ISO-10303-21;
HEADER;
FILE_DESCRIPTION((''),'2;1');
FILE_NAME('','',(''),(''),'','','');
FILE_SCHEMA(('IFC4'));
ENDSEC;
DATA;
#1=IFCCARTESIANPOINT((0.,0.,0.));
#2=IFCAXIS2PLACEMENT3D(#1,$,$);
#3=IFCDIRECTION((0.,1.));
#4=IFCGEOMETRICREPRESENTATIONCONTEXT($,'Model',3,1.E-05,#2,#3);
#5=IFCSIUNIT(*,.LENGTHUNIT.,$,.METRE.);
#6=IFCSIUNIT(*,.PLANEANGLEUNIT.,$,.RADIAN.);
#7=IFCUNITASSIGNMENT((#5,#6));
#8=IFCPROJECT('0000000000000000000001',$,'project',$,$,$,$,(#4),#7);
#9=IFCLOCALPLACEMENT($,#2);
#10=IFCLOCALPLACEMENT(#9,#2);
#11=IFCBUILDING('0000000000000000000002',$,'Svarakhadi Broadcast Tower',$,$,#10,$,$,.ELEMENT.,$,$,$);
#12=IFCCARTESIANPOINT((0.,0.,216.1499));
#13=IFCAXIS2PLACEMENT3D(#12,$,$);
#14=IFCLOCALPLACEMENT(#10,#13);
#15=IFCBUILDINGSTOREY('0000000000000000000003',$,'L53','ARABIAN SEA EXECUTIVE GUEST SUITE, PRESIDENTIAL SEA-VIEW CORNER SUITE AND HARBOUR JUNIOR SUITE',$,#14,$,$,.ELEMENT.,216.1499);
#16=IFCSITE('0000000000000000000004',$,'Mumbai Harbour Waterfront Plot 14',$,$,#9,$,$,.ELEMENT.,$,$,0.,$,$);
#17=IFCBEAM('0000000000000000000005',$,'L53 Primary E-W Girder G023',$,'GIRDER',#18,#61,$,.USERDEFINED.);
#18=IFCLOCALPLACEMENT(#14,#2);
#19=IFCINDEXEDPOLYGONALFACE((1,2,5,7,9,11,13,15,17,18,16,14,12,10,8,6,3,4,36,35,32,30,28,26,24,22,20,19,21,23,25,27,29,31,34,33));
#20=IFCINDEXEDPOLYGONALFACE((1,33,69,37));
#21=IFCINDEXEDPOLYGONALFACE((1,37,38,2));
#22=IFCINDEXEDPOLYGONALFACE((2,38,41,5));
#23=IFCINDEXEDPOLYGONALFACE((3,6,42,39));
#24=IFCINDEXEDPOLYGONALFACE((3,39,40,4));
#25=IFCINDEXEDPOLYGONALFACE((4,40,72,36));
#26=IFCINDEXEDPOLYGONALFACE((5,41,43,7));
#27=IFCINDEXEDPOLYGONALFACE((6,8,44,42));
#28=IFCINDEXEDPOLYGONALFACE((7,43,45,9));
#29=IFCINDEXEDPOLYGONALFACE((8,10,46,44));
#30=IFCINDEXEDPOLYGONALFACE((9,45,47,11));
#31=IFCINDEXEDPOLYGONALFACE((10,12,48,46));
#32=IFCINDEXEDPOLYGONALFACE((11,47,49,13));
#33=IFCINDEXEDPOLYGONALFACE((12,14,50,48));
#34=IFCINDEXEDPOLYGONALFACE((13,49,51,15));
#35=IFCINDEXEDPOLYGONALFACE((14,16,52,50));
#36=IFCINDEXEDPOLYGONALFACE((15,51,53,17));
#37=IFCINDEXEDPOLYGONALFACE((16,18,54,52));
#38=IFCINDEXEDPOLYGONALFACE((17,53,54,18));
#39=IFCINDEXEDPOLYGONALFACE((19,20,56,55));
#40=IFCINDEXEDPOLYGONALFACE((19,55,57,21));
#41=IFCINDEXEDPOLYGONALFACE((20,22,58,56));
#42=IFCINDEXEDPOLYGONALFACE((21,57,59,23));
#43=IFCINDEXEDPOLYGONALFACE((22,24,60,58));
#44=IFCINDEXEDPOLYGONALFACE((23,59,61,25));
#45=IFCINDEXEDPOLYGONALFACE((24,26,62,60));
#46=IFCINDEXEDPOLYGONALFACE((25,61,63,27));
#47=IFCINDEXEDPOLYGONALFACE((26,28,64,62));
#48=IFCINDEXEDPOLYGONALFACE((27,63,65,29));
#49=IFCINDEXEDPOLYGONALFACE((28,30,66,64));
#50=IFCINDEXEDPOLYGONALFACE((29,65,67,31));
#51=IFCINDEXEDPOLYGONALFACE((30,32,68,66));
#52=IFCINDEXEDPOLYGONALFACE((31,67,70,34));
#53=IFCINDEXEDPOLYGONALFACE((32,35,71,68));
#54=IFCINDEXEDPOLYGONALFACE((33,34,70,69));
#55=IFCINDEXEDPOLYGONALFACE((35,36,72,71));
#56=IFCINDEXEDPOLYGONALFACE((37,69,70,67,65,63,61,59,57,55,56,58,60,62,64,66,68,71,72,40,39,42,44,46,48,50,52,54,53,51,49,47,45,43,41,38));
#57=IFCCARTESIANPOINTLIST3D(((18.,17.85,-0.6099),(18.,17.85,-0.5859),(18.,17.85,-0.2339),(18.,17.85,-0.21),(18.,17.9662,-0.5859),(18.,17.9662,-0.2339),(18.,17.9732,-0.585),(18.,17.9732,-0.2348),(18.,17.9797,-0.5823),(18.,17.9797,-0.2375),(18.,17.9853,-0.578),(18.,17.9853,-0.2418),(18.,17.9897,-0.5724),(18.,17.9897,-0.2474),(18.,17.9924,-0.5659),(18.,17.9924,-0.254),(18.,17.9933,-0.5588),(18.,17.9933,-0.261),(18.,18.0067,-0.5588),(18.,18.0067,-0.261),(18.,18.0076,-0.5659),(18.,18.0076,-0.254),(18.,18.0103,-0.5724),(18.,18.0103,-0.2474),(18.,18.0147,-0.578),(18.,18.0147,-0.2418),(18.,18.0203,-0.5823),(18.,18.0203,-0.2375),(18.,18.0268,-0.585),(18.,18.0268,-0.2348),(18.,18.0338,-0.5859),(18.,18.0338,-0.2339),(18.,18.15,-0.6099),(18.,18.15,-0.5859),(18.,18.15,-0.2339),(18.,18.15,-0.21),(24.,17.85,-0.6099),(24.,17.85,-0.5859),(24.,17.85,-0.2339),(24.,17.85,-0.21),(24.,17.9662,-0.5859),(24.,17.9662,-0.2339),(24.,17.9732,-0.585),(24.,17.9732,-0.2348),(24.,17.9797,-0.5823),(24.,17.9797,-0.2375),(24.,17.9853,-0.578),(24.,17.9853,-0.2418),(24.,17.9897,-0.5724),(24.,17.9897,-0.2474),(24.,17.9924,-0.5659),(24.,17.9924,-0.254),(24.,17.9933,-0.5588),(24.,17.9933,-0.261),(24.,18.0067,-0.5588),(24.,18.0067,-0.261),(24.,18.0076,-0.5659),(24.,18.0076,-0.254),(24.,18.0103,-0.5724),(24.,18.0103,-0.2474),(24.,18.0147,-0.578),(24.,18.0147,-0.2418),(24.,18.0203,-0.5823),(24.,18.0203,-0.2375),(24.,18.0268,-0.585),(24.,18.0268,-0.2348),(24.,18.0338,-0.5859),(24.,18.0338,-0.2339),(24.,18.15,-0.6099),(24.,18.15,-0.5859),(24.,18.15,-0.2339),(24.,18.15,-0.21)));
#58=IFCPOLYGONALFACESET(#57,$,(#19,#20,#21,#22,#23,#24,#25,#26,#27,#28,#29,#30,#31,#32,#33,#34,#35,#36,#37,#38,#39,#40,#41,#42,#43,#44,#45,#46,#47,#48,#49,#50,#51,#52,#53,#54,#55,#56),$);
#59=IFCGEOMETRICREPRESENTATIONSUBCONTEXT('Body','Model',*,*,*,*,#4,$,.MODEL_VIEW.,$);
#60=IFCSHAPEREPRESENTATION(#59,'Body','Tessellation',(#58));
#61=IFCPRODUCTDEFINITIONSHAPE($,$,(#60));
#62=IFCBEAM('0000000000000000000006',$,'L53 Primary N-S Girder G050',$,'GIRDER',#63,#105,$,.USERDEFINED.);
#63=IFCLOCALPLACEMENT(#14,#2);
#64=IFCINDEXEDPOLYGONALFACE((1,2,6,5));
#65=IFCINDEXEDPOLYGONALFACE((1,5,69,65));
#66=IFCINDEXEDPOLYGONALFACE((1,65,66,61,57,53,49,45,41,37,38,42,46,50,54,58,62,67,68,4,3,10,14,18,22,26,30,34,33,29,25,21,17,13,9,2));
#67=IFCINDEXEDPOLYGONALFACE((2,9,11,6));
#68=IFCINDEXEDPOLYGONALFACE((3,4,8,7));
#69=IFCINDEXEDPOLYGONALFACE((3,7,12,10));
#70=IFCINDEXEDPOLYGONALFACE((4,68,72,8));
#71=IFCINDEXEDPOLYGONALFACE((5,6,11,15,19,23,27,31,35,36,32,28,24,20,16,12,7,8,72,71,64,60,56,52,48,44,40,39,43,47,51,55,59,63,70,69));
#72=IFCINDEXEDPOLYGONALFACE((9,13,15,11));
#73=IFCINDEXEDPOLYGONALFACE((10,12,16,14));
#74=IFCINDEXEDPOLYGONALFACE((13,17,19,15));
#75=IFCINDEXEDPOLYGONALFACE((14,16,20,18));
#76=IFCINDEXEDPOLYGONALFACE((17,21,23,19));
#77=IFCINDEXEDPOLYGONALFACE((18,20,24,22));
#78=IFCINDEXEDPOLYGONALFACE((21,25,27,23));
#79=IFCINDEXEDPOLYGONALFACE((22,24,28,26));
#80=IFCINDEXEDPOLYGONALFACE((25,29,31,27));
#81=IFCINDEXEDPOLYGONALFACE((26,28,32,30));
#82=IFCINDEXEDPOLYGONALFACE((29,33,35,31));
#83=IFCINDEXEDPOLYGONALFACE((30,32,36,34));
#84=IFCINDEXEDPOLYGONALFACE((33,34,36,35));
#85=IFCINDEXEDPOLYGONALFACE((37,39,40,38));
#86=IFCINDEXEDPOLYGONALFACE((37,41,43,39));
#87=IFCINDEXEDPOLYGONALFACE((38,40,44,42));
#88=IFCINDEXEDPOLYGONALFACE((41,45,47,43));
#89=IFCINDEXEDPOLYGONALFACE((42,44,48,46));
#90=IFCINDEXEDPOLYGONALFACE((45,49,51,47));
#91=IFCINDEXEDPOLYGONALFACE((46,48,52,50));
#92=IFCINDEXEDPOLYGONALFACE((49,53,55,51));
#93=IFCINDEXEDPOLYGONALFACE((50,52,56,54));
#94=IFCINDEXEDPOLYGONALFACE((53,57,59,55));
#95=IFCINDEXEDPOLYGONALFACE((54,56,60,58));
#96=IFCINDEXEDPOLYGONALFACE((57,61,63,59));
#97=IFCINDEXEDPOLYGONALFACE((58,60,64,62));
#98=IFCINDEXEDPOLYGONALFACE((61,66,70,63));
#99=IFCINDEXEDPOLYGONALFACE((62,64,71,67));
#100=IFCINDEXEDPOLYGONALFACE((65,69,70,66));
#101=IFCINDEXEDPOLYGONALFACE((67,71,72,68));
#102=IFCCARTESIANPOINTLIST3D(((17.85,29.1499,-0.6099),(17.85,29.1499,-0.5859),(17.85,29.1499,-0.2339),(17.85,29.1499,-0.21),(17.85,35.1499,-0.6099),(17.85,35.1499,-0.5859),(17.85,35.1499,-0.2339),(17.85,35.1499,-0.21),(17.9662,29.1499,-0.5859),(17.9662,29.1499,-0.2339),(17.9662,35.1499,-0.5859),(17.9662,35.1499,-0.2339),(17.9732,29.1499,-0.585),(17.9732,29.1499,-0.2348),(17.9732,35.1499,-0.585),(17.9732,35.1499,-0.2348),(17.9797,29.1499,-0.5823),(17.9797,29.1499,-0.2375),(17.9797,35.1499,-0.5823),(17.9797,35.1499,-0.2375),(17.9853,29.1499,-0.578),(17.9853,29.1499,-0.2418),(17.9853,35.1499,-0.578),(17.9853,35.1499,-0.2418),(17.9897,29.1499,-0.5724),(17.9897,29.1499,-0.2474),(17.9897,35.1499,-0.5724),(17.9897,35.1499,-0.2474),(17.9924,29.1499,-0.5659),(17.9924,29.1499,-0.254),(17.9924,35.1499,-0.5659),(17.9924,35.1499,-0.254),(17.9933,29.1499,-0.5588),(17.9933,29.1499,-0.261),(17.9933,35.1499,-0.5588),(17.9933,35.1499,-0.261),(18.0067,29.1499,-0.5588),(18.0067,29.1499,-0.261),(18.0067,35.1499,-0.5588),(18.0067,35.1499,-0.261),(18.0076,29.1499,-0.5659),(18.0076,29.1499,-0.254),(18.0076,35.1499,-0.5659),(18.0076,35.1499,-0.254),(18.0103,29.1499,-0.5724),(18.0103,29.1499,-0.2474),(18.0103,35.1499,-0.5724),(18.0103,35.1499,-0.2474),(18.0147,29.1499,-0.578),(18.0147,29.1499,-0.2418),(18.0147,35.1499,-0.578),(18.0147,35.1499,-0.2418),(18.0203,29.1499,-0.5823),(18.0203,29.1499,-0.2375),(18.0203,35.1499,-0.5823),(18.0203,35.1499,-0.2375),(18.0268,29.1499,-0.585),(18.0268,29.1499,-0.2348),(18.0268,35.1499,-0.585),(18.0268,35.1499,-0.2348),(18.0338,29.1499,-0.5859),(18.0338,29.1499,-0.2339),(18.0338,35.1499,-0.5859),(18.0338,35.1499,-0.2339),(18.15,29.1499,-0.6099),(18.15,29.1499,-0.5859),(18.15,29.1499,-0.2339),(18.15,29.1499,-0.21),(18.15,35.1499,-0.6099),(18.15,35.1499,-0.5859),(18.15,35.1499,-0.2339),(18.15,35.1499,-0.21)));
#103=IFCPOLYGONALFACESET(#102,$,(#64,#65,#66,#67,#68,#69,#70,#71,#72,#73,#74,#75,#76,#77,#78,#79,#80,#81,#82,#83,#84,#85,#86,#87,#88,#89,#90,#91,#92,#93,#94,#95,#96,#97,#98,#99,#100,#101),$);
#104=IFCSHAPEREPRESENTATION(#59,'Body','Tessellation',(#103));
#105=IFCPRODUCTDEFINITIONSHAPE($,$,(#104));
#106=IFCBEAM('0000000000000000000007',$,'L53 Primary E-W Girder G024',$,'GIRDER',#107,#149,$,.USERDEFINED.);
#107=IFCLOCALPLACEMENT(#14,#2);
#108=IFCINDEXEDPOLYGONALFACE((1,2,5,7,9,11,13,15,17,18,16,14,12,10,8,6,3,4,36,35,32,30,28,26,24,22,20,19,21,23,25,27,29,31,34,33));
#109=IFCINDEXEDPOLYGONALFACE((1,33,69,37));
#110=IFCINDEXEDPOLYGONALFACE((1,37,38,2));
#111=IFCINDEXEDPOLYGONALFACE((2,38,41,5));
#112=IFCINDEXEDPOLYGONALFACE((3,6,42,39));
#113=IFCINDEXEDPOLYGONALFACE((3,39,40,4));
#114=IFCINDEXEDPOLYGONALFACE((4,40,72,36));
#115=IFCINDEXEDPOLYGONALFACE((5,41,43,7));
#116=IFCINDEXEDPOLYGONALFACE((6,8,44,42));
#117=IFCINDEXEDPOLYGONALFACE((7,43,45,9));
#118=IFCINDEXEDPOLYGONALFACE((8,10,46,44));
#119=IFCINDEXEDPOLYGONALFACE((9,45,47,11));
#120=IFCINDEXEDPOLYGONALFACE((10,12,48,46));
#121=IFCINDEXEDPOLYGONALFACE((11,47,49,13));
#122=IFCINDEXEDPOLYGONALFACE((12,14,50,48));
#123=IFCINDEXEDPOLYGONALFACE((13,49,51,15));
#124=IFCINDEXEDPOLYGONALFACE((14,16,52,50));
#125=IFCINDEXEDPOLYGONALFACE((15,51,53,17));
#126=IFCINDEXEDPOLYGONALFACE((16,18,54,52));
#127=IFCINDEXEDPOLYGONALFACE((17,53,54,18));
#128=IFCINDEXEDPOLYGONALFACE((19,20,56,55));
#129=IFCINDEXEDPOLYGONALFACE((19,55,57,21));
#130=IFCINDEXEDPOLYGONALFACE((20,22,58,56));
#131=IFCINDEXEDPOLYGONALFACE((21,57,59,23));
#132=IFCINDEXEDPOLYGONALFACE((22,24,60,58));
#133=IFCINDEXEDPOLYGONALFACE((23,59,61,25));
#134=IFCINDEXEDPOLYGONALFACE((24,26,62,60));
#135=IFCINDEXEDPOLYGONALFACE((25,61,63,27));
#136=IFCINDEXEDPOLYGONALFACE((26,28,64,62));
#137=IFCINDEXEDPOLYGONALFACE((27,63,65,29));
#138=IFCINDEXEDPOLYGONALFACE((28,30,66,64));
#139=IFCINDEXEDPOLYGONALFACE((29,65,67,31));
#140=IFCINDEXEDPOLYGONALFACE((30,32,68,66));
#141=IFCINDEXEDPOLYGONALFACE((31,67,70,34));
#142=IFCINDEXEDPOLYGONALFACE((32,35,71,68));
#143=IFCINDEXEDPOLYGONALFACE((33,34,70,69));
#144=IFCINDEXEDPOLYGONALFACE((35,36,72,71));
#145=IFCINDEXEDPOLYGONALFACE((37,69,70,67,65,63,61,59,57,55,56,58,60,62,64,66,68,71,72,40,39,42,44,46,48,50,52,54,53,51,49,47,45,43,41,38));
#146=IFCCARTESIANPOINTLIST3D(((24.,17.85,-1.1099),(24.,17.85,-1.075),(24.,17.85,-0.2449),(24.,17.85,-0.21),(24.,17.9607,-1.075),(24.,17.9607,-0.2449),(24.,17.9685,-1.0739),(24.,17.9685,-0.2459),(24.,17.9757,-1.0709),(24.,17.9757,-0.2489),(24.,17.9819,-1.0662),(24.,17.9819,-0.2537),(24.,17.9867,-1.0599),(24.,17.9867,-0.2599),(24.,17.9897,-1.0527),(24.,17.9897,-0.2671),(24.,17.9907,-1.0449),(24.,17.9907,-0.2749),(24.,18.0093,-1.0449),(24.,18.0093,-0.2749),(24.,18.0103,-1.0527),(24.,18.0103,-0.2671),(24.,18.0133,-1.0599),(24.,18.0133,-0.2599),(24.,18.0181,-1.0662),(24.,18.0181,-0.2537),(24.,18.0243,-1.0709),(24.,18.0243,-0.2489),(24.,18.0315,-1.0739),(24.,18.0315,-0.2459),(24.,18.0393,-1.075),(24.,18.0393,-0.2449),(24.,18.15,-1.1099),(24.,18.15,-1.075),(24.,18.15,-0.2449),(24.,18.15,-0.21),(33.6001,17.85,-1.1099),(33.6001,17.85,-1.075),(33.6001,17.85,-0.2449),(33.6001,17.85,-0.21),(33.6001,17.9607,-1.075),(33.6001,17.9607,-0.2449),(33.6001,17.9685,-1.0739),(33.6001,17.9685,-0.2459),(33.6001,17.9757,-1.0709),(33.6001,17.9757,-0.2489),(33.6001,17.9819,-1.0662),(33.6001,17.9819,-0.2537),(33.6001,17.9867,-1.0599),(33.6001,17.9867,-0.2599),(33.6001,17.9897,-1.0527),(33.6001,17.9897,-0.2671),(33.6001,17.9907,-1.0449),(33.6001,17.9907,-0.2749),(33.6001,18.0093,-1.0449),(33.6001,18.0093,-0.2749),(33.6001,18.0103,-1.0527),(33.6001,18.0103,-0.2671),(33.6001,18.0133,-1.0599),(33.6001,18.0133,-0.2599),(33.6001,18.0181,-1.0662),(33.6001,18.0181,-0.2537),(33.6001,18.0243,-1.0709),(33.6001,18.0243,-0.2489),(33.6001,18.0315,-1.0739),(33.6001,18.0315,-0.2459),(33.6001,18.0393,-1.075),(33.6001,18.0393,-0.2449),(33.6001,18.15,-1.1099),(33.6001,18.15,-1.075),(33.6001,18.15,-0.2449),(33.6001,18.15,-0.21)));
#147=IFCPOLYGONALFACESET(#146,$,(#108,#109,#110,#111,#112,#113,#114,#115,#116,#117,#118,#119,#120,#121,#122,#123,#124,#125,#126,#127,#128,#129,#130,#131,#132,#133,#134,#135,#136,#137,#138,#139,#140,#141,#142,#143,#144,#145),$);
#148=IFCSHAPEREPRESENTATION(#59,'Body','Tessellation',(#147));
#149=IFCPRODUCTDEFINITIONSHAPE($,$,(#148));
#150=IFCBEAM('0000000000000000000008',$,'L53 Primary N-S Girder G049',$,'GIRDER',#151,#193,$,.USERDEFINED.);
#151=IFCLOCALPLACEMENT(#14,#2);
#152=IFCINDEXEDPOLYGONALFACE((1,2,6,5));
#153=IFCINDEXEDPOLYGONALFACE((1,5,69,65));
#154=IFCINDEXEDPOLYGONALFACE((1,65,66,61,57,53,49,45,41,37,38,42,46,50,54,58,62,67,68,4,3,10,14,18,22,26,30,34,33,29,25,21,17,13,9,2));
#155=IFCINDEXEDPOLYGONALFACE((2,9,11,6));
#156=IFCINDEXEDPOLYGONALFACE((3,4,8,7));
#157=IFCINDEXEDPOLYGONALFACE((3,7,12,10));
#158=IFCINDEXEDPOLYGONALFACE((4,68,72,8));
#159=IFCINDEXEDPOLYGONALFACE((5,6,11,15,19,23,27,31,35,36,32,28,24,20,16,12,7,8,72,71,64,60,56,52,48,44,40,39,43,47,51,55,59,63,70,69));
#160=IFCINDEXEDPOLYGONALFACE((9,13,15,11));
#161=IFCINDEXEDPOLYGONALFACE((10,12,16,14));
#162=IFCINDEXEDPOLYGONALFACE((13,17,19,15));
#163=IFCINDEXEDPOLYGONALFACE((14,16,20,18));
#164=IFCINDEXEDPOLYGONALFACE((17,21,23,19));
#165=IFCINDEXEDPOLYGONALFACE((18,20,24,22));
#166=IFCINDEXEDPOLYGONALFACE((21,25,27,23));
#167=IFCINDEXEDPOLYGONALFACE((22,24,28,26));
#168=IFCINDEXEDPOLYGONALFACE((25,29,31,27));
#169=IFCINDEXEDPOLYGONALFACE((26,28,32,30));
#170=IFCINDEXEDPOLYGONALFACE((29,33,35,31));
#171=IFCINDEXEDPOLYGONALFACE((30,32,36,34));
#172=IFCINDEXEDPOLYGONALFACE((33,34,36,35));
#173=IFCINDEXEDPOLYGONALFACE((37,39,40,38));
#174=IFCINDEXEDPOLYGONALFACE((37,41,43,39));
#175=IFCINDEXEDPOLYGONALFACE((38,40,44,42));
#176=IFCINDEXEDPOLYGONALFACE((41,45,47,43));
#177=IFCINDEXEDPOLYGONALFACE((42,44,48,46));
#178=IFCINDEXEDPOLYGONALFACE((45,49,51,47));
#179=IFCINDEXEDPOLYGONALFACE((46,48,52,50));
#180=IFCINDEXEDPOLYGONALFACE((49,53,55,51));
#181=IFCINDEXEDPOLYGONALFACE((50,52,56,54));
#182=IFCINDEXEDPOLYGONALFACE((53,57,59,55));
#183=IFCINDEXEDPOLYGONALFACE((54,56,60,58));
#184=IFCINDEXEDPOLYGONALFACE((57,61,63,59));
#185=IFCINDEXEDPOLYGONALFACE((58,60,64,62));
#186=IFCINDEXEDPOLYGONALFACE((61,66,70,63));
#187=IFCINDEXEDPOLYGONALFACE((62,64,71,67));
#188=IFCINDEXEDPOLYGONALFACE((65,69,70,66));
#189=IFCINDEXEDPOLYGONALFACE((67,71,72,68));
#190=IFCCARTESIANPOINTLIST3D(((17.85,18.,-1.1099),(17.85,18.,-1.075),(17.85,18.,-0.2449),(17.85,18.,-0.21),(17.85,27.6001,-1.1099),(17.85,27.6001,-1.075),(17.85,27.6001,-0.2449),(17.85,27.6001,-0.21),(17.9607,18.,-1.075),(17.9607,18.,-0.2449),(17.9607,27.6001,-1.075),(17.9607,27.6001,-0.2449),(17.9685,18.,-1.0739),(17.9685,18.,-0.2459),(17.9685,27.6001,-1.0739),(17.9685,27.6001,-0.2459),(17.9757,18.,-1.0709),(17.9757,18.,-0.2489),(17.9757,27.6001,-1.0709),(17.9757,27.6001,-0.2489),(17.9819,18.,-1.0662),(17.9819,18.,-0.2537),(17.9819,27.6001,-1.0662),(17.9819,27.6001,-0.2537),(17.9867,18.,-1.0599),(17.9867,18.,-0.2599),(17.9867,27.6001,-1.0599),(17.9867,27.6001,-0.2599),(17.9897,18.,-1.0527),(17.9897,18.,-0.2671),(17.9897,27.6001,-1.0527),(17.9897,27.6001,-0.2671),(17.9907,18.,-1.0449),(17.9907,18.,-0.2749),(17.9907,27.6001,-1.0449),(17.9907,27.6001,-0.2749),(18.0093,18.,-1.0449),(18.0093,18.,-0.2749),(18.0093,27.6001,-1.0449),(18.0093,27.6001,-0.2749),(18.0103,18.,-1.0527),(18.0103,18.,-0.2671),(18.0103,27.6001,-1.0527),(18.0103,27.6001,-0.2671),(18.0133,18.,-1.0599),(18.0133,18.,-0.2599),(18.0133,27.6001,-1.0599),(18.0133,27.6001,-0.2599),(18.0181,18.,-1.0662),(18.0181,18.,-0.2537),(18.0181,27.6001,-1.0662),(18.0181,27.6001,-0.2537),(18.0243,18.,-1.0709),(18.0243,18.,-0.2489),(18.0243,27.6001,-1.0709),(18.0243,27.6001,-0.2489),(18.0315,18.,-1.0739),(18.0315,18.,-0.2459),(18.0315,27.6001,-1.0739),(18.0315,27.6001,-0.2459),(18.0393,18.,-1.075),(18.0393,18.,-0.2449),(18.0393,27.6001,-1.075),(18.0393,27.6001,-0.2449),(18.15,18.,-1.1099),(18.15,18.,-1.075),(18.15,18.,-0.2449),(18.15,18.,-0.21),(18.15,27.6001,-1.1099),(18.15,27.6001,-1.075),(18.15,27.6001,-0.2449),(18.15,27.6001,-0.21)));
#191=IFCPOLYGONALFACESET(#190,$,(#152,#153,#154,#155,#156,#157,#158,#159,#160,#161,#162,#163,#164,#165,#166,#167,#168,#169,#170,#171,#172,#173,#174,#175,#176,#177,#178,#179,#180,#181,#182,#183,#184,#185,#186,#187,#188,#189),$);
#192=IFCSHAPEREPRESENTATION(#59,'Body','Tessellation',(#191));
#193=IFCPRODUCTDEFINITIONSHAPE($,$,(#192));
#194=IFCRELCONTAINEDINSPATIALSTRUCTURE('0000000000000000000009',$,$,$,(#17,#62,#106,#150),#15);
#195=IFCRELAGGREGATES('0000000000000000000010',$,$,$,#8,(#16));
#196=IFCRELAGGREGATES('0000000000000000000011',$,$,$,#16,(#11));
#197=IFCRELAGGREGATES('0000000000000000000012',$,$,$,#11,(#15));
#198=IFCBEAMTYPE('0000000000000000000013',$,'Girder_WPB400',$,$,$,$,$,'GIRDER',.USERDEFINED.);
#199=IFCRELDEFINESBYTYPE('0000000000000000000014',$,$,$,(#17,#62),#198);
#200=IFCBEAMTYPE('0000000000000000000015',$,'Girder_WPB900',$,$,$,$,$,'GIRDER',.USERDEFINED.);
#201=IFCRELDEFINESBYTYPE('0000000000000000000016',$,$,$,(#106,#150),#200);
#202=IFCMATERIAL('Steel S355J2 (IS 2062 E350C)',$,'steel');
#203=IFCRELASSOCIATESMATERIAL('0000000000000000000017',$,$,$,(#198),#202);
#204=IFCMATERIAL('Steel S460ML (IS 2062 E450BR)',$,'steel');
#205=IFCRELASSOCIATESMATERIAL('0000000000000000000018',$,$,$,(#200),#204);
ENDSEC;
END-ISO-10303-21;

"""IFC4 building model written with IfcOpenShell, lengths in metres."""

from ifc_helpers import new_model, si_unit, direction, frame, origin, origin_2d, place, context, subcontext, project, spatial, i_section, extrude, material, material_profile, profile_set, type_object, element, save


model = new_model("IFC4")

# Units and contexts
model_context = context("Model", 3, precision=1e-05, world=origin(), true_north=direction((0.0, 1.0)))
body_context = subcontext(model_context, "Body", "Model", "MODEL_VIEW")
ifc_project = project(units=[si_unit("LENGTHUNIT", "METRE"), si_unit("PLANEANGLEUNIT", "RADIAN")], contexts=[model_context])

# Site, building, storey
site_placement = place(None, origin())
site = spatial("IfcSite", under=ifc_project, at=site_placement, Name="Mumbai Harbour Waterfront Plot 14", CompositionType="ELEMENT", RefElevation=0.0)
building_placement = place(site_placement, origin())
building = spatial("IfcBuilding", under=site, at=building_placement, Name="Svarakhadi Broadcast Tower", CompositionType="ELEMENT")
storey_placement = place(building_placement, frame((0.0, 0.0, 216.1499)))
storey = spatial("IfcBuildingStorey", under=building, at=storey_placement, Name="L53", Description="ARABIAN SEA EXECUTIVE GUEST SUITE, PRESIDENTIAL SEA-VIEW CORNER SUITE AND HARBOUR JUNIOR SUITE", CompositionType="ELEMENT", Elevation=216.1499)

# Shared definitions
ifc_material_1 = material(Name="Steel S355J2 (IS 2062 E350C)", Category="steel")

# Beams
ifc_material_profile_1 = material_profile(ifc_material_1, i_section(OverallWidth=0.3, OverallDepth=0.3999, WebThickness=0.0134, FlangeThickness=0.0239, FilletRadius=0.0271, at=origin_2d()), Name="WPB 400x300x155")
ifc_profile_set_1 = profile_set([ifc_material_profile_1], Name="Steel S355J2 (IS 2062 E350C)")
beam_type_1 = type_object("IfcBeamType", Name="Girder_WPB400", ElementType="GIRDER", PredefinedType="USERDEFINED", material=ifc_profile_set_1)
for number, where, z_axis, x_axis, name in (
    (1, (18.0, 18.0, -0.4099), (1.0, 0.0, 0.0), (0.0, 1.0, 0.0), "L53 Primary E-W Girder G023"),
    (2, (18.0, 29.1499, -0.4099), (0.0, 1.0, 0.0), (-1.0, 0.0, 0.0), "L53 Primary N-S Girder G050"),
):
    element("IfcBeam", number, at=place(storey_placement, frame(where, z_axis=z_axis, x_axis=x_axis)), inside=storey, type_object=beam_type_1, Name=name, ObjectType="GIRDER", PredefinedType="USERDEFINED", context=body_context, shape_type="SweptSolid", body=[
        extrude(i_section(OverallWidth=0.3, OverallDepth=0.3999, WebThickness=0.0134, FlangeThickness=0.0239, FilletRadius=0.0271, at=origin_2d()), origin(), (0.0, 0.0, 1.0), 6.0),
    ])
ifc_material_2 = material(Name="Steel S460ML (IS 2062 E450BR)", Category="steel")
ifc_material_profile_2 = material_profile(ifc_material_2, i_section(OverallWidth=0.3, OverallDepth=0.8999, WebThickness=0.0186, FlangeThickness=0.0349, FilletRadius=0.03, at=origin_2d()), Name="WPB 900x300x291")
ifc_profile_set_2 = profile_set([ifc_material_profile_2], Name="Steel S460ML (IS 2062 E450BR)")
beam_type_2 = type_object("IfcBeamType", Name="Girder_WPB900", ElementType="GIRDER", PredefinedType="USERDEFINED", material=ifc_profile_set_2)
for number, where, z_axis, x_axis, name in (
    (3, (24.0, 18.0, -0.6599), (1.0, 0.0, 0.0), (0.0, 1.0, 0.0), "L53 Primary E-W Girder G024"),
    (4, (18.0, 18.0, -0.6599), (0.0, 1.0, 0.0), (-1.0, 0.0, 0.0), "L53 Primary N-S Girder G049"),
):
    element("IfcBeam", number, at=place(storey_placement, frame(where, z_axis=z_axis, x_axis=x_axis)), inside=storey, type_object=beam_type_2, Name=name, ObjectType="GIRDER", PredefinedType="USERDEFINED", context=body_context, shape_type="SweptSolid", body=[
        extrude(i_section(OverallWidth=0.3, OverallDepth=0.8999, WebThickness=0.0186, FlangeThickness=0.0349, FilletRadius=0.03, at=origin_2d()), origin(), (0.0, 0.0, 1.0), 9.6001),
    ])

save(model, "model.ifc")
